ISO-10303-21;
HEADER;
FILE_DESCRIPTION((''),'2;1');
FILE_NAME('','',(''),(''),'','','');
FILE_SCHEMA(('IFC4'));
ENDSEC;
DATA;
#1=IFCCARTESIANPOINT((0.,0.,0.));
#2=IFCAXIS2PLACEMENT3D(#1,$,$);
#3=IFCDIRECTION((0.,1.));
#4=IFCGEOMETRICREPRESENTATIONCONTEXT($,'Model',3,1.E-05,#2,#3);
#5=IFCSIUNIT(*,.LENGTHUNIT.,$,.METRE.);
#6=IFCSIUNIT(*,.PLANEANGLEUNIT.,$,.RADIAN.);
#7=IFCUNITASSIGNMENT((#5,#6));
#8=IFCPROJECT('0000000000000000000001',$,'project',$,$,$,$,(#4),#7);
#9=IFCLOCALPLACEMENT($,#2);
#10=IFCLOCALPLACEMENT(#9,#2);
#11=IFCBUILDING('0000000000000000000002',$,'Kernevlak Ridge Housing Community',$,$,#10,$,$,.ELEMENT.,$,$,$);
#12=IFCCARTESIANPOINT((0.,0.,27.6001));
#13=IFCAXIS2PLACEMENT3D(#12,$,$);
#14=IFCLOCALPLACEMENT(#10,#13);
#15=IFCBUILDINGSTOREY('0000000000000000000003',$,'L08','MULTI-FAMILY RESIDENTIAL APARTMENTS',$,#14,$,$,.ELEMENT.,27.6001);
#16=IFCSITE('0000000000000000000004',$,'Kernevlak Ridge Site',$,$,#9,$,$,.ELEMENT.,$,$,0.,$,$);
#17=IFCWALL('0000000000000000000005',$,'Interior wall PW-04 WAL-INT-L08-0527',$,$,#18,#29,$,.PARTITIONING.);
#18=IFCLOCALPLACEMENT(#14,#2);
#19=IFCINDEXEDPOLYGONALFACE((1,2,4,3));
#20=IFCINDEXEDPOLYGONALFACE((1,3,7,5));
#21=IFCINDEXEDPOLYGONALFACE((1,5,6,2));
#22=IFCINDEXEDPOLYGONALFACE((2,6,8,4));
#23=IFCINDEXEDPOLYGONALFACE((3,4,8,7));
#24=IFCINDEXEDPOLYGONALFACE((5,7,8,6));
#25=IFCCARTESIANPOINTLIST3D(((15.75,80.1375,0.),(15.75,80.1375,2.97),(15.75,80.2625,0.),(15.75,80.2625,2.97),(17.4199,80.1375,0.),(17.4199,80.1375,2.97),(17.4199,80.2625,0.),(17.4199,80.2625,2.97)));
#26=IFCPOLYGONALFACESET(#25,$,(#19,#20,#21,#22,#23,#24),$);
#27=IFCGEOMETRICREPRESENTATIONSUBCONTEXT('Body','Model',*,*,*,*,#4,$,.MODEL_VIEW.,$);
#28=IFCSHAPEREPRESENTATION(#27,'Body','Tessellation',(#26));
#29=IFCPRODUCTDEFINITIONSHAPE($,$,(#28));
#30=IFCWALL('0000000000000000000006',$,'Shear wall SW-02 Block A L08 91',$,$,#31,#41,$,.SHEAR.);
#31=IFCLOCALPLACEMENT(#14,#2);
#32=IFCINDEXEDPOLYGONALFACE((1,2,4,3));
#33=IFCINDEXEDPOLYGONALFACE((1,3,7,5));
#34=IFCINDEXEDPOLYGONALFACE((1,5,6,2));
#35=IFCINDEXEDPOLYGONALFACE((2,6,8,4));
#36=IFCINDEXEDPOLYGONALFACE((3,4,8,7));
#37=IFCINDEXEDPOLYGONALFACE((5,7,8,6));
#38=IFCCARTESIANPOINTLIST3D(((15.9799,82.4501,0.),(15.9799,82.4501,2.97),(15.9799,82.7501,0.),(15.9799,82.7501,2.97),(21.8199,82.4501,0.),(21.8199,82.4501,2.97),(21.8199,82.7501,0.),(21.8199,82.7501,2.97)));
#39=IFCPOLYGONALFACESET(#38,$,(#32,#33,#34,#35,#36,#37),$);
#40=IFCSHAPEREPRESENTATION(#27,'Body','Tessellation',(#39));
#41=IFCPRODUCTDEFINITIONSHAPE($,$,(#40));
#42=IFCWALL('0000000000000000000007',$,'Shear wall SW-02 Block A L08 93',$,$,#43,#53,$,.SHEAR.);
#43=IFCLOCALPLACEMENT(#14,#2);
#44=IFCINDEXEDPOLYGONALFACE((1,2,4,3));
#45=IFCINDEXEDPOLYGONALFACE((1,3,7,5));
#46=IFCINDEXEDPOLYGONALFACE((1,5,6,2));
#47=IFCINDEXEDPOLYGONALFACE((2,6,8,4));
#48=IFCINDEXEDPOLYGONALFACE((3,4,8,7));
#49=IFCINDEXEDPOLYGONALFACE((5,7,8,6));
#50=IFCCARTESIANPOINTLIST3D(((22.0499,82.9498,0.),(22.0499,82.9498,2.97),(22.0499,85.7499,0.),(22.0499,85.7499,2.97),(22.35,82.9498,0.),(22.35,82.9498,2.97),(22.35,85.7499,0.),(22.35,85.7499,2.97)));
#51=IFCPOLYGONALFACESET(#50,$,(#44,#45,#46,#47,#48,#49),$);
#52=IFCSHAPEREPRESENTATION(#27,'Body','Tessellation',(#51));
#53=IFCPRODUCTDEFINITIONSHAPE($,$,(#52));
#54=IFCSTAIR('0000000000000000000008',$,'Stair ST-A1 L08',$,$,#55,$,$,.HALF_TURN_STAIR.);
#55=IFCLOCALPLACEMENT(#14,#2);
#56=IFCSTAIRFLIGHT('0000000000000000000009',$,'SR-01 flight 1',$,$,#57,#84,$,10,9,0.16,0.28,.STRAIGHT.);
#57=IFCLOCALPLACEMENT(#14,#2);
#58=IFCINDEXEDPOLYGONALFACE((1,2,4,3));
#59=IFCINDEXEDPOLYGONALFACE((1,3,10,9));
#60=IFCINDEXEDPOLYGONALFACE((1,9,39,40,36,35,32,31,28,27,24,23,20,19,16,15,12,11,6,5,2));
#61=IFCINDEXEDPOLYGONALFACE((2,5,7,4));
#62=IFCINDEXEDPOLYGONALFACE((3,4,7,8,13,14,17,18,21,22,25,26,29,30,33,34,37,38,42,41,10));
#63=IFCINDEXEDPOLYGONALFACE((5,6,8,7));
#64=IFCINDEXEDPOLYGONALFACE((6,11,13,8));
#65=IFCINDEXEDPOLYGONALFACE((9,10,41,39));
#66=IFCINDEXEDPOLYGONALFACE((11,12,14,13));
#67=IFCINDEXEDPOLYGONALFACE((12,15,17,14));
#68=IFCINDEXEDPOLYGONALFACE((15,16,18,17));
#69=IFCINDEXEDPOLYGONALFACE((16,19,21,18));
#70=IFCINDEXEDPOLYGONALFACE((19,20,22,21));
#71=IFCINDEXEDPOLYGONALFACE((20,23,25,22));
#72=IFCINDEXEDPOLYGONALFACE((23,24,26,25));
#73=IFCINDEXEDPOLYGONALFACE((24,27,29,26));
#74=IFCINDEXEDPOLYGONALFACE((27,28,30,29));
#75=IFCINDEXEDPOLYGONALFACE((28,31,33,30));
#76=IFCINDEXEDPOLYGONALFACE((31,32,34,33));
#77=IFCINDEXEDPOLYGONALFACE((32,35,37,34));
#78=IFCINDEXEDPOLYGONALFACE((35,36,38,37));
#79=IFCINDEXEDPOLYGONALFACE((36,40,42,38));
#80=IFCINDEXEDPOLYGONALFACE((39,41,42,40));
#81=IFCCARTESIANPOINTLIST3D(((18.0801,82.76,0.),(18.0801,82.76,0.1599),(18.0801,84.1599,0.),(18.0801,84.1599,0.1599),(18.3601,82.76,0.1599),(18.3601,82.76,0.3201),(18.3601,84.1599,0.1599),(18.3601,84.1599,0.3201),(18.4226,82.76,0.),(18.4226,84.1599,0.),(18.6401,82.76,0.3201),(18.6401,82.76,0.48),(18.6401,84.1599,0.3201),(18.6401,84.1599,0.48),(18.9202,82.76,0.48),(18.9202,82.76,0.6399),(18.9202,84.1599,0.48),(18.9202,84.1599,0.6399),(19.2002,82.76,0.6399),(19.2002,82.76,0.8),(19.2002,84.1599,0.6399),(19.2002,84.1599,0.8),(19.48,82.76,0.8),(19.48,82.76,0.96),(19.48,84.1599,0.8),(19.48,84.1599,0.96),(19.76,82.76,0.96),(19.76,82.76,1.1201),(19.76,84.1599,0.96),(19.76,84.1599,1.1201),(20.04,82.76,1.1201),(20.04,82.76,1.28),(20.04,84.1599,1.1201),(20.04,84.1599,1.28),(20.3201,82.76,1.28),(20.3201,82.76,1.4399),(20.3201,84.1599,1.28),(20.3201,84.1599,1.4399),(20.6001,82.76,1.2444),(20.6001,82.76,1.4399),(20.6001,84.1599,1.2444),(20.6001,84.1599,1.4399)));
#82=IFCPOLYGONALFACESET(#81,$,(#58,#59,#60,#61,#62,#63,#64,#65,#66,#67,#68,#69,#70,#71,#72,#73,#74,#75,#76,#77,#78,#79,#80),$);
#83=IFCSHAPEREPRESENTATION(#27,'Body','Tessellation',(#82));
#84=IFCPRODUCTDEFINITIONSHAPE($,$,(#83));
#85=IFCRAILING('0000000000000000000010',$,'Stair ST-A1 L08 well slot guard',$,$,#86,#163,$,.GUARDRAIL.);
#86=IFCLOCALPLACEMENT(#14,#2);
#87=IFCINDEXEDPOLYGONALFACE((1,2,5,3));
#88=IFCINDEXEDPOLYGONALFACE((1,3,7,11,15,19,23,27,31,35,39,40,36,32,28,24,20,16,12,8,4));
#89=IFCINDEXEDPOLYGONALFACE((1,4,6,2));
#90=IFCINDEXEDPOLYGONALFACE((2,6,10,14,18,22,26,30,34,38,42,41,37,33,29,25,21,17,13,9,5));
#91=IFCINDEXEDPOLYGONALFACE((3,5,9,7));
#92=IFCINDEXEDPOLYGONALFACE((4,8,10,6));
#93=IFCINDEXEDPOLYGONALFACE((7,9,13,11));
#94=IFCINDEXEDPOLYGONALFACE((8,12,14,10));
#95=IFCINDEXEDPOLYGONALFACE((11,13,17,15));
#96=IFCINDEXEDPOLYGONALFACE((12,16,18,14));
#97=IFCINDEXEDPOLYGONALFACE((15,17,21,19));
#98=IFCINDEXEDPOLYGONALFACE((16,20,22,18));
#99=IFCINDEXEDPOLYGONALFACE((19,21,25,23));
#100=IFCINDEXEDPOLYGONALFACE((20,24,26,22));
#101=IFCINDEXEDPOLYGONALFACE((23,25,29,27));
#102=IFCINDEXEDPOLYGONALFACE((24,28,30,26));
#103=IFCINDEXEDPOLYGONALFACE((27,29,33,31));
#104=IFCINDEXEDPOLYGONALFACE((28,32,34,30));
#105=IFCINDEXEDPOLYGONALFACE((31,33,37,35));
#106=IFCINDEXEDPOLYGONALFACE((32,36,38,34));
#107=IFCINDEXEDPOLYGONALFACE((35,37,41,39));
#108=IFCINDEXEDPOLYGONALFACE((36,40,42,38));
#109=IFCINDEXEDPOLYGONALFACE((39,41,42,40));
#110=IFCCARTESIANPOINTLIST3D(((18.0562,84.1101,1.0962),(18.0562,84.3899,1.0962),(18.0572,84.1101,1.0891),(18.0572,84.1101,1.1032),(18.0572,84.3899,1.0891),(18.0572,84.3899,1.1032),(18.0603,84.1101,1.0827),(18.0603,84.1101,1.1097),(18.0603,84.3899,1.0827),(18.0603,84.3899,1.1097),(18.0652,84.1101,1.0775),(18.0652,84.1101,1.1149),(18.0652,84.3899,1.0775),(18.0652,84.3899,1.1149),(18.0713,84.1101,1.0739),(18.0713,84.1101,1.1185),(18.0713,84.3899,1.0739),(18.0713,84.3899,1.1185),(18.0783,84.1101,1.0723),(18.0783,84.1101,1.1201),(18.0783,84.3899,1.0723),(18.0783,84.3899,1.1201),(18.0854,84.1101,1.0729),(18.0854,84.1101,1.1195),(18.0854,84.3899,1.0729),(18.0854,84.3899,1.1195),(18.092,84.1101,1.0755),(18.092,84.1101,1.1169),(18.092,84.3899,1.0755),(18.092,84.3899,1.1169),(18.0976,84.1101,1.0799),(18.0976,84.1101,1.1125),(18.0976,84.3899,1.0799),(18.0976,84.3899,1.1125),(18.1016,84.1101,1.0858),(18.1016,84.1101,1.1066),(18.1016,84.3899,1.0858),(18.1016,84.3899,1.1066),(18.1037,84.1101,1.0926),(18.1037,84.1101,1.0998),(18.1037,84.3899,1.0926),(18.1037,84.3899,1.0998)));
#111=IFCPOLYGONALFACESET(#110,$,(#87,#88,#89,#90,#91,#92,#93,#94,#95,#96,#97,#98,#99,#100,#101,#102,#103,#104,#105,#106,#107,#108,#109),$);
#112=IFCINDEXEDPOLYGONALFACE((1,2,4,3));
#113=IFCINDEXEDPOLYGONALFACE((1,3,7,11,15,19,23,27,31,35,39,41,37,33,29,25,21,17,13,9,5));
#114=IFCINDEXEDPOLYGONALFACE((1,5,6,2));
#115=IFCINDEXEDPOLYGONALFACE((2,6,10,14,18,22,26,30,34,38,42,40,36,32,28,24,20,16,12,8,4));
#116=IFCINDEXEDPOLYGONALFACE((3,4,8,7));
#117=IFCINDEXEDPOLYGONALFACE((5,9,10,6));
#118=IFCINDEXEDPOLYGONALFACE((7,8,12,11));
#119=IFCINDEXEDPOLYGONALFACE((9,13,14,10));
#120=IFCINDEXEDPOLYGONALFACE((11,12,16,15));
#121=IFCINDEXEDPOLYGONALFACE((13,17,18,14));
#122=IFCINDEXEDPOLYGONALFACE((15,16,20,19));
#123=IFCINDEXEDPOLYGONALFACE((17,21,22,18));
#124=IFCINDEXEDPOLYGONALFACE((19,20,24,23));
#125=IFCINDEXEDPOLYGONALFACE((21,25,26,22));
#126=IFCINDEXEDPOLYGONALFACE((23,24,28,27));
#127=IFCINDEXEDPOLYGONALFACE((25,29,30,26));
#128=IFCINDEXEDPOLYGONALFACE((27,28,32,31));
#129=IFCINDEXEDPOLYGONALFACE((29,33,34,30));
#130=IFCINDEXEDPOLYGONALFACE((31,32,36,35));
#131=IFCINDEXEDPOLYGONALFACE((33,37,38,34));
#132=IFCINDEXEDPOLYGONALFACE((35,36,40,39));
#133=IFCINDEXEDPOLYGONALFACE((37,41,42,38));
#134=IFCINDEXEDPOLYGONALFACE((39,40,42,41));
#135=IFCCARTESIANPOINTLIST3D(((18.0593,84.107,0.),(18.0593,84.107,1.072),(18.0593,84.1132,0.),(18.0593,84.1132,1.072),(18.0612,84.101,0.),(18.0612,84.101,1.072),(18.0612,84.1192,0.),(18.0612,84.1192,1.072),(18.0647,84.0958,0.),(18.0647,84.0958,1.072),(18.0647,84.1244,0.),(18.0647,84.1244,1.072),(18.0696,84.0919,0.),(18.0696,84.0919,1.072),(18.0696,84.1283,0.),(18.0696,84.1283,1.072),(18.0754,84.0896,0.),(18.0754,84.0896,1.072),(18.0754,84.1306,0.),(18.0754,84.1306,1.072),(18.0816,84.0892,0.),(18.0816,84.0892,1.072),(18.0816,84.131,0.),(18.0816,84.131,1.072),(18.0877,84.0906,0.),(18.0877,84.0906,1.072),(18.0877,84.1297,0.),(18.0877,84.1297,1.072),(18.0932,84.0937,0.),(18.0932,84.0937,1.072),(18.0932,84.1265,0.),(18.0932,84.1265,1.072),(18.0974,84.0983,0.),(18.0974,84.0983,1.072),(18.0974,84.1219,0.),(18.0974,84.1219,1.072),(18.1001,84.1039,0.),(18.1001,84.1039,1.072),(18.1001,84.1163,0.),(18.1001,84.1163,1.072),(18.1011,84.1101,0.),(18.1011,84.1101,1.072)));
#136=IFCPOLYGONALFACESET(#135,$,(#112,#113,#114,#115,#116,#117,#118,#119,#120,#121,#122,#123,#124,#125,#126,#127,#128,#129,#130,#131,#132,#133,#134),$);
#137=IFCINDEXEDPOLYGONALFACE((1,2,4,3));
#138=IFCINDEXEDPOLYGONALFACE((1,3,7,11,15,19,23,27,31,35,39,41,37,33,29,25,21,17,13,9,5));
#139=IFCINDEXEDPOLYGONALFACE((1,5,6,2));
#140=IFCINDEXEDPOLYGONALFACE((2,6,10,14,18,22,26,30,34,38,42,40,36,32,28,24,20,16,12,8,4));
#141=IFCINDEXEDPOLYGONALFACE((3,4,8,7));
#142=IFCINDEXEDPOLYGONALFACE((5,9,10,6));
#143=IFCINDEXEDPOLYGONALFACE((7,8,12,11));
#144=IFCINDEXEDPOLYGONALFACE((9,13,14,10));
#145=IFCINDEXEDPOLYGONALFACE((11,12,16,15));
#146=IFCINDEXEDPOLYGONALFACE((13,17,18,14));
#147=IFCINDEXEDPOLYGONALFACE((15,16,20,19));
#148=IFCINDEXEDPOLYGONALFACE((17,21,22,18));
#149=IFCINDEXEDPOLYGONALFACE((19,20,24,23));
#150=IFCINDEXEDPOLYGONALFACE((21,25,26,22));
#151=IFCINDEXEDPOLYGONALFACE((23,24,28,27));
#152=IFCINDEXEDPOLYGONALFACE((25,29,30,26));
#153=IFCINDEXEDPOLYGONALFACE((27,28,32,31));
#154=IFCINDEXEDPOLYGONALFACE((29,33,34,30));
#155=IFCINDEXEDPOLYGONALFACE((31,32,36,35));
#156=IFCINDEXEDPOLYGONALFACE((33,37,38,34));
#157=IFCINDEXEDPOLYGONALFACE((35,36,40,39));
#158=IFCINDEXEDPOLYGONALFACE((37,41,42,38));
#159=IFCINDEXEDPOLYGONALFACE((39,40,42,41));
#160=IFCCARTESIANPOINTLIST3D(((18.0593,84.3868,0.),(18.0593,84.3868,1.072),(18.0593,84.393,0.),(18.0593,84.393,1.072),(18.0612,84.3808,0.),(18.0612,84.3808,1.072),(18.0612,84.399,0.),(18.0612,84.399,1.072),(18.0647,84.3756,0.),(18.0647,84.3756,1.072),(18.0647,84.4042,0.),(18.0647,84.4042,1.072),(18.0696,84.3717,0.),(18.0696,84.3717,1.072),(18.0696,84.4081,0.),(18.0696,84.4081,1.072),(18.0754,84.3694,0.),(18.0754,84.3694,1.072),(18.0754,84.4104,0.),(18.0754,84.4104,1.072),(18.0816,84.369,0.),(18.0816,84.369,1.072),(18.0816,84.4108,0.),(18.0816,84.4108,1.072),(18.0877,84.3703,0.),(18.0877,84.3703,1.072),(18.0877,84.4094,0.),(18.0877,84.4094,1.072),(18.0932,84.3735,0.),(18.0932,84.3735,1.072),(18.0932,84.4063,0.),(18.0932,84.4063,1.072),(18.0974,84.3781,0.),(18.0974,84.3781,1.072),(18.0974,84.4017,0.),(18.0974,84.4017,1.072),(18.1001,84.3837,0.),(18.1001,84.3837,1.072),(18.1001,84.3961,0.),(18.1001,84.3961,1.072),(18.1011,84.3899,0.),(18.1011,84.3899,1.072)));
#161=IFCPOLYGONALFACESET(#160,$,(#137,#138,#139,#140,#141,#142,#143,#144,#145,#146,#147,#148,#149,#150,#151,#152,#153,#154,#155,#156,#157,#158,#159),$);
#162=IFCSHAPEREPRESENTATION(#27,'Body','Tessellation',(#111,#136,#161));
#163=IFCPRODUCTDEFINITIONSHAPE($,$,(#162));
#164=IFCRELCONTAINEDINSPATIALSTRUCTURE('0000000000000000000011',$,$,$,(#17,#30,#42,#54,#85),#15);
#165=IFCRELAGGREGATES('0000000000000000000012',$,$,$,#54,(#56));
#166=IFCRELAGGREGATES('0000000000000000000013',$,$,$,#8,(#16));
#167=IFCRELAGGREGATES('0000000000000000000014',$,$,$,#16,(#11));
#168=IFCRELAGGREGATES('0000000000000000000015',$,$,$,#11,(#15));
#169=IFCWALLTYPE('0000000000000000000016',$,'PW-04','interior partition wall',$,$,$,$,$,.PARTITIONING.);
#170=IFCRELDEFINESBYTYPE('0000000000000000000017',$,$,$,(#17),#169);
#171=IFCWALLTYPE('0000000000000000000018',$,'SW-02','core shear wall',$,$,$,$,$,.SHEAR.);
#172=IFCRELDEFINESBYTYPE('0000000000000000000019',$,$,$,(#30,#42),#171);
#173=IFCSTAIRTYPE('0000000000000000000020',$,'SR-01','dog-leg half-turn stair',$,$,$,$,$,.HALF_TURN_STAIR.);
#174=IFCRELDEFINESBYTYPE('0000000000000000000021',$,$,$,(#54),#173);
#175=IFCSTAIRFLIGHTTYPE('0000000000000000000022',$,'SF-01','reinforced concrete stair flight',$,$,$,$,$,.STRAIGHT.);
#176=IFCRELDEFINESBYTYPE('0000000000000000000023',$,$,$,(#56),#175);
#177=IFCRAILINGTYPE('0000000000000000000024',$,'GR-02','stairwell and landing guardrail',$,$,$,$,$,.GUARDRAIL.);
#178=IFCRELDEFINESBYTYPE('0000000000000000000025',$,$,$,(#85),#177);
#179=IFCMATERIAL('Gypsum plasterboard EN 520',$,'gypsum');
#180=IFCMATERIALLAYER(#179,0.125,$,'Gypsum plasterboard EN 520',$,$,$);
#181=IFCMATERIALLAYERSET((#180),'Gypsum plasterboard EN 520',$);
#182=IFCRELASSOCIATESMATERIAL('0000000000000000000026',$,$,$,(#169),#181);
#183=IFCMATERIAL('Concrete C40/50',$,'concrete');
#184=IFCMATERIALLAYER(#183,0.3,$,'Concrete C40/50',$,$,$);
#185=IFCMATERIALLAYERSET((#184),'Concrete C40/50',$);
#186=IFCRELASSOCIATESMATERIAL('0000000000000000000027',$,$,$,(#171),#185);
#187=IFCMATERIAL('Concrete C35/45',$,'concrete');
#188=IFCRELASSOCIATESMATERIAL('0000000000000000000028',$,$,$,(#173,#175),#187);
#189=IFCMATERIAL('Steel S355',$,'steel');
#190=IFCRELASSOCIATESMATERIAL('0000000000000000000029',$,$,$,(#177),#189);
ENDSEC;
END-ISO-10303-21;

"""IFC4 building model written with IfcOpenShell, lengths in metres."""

from ifc_helpers import new_model, si_unit, direction, frame, frame_2d, origin, origin_2d, place, context, subcontext, project, spatial, polyline, rectangle, circle, outline, extrude, material, layer, layer_set, type_object, element, aggregate, save


model = new_model("IFC4")

# Units and contexts
model_context = context("Model", 3, precision=1e-05, world=origin(), true_north=direction((0.0, 1.0)))
body_context = subcontext(model_context, "Body", "Model", "MODEL_VIEW")
ifc_project = project(units=[si_unit("LENGTHUNIT", "METRE"), si_unit("PLANEANGLEUNIT", "RADIAN")], contexts=[model_context])

# Site, building, storey
site_placement = place(None, origin())
site = spatial("IfcSite", under=ifc_project, at=site_placement, Name="Kernevlak Ridge Site", CompositionType="ELEMENT", RefElevation=0.0)
building_placement = place(site_placement, origin())
building = spatial("IfcBuilding", under=site, at=building_placement, Name="Kernevlak Ridge Housing Community", CompositionType="ELEMENT")
storey_placement = place(building_placement, frame((0.0, 0.0, 27.6001)))
storey = spatial("IfcBuildingStorey", under=building, at=storey_placement, Name="L08", Description="MULTI-FAMILY RESIDENTIAL APARTMENTS", CompositionType="ELEMENT", Elevation=27.6001)

# Shared definitions
ifc_material_1 = material(Name="Concrete C40/50", Category="concrete")

# Shared definitions
ifc_material_2 = material(Name="Concrete C35/45", Category="concrete")

# Shared definitions
ifc_material_3 = material(Name="Gypsum plasterboard EN 520", Category="gypsum")
ifc_layer_1 = layer(ifc_material_3, 0.125, Name="Gypsum plasterboard EN 520")
ifc_layer_set_1 = layer_set([ifc_layer_1], Name="Gypsum plasterboard EN 520")
wall_type_1 = type_object("IfcWallType", Name="PW-04", Description="interior partition wall", PredefinedType="PARTITIONING", material=ifc_layer_set_1)

# Walls
wall_1_placement = place(storey_placement, frame((15.75, 80.2, 0.0), z_axis=(0.0, 0.0, 1.0), x_axis=(1.0, 0.0, 0.0)))
element("IfcWall", 1, at=wall_1_placement, inside=storey, type_object=wall_type_1, Name="Interior wall PW-04 WAL-INT-L08-0527", PredefinedType="PARTITIONING", context=body_context, shape_type="SweptSolid", body=[
    extrude(rectangle(XDim=1.6699, YDim=0.125, at=frame_2d((0.835, 0.0))), origin(), (0.0, 0.0, 1.0), 2.97),
])
ifc_layer_2 = layer(ifc_material_1, 0.3, Name="Concrete C40/50")
ifc_layer_set_2 = layer_set([ifc_layer_2], Name="Concrete C40/50")
wall_type_2 = type_object("IfcWallType", Name="SW-02", Description="core shear wall", PredefinedType="SHEAR", material=ifc_layer_set_2)
wall_2_placement = place(storey_placement, frame((15.98, 82.6001, 0.0), z_axis=(0.0, 0.0, 1.0), x_axis=(1.0, 0.0, 0.0)))
element("IfcWall", 2, at=wall_2_placement, inside=storey, type_object=wall_type_2, Name="Shear wall SW-02 Block A L08 91", PredefinedType="SHEAR", context=body_context, shape_type="SweptSolid", body=[
    extrude(rectangle(XDim=5.8401, YDim=0.3, at=frame_2d((2.9199, 0.0))), origin(), (0.0, 0.0, 1.0), 2.97),
])
wall_3_placement = place(storey_placement, frame((22.2, 82.95, 0.0), z_axis=(0.0, 0.0, 1.0), x_axis=(0.0, 1.0, 0.0)))
element("IfcWall", 3, at=wall_3_placement, inside=storey, type_object=wall_type_2, Name="Shear wall SW-02 Block A L08 93", PredefinedType="SHEAR", context=body_context, shape_type="SweptSolid", body=[
    extrude(rectangle(XDim=2.8, YDim=0.3, at=frame_2d((1.3999, 0.0))), origin(), (0.0, 0.0, 1.0), 2.97),
])

# Stair, stair flight
stair_type = type_object("IfcStairType", Name="SR-01", Description="dog-leg half-turn stair", PredefinedType="HALF_TURN_STAIR", material=ifc_material_2)
stair_placement = place(storey_placement, origin())
stair = element("IfcStair", 4, at=stair_placement, inside=storey, type_object=stair_type, Name="Stair ST-A1 L08", PredefinedType="HALF_TURN_STAIR")
stair_flight_type = type_object("IfcStairFlightType", Name="SF-01", Description="reinforced concrete stair flight", PredefinedType="STRAIGHT", material=ifc_material_2)
stair_flight_placement = place(storey_placement, frame((18.0801, 83.46, 0.0), z_axis=(0.0, 0.0, 1.0), x_axis=(1.0, 0.0, 0.0)))
stair_flight = element("IfcStairFlight", 5, at=stair_flight_placement, type_object=stair_flight_type, Name="SR-01 flight 1", NumberOfRisers=10, NumberOfTreads=9, PredefinedType="STRAIGHT", RiserHeight=0.16, TreadLength=0.28, context=body_context, shape_type="SweptSolid", body=[
    extrude(outline(polyline([(0.0, 0.0), (0.0, 0.1599), (0.28, 0.1599), (0.28, 0.3201), (0.5601, 0.3201), (0.5601, 0.48), (0.8401, 0.48), (0.8401, 0.6399), (1.1201, 0.6399), (1.1201, 0.8), (1.3999, 0.8), (1.3999, 0.96), (1.6799, 0.96), (1.6799, 1.1201), (1.96, 1.1201), (1.96, 1.28), (2.24, 1.28), (2.24, 1.4399), (2.52, 1.4399), (2.52, 1.6001), (2.52, 1.2444), (0.3425, 0.0), (0.0, 0.0)])), frame((0.0, 0.7, 0.0), z_axis=(0.0, -1.0, 0.0), x_axis=(1.0, 0.0, 0.0)), (0.0, 0.0, 1.0), 1.3999),
])
aggregate(stair, [stair_flight])

# Railing
ifc_material_4 = material(Name="Steel S355", Category="steel")
railing_type_1 = type_object("IfcRailingType", Name="GR-02", Description="stairwell and landing guardrail", PredefinedType="GUARDRAIL", material=ifc_material_4)
railing_1_placement = place(storey_placement, frame((18.0801, 84.1101, 0.0)))
element("IfcRailing", 6, at=railing_1_placement, inside=storey, type_object=railing_type_1, Name="Stair ST-A1 L08 well slot guard", PredefinedType="GUARDRAIL", context=body_context, shape_type="SweptSolid", body=[
    extrude(circle(Radius=0.0239, at=origin_2d()), frame((0.0, 0.0, 1.0962), z_axis=(0.0, 1.0, 0.0), x_axis=(-1.0, 0.0, 0.0)), (0.0, 0.0, 1.0), 0.2798),
    extrude(circle(Radius=0.021, at=origin_2d()), origin(), (0.0, 0.0, 1.0), 1.072),
    extrude(circle(Radius=0.021, at=origin_2d()), frame((0.0, 0.2798, 0.0)), (0.0, 0.0, 1.0), 1.072),
])

save(model, "model.ifc")
